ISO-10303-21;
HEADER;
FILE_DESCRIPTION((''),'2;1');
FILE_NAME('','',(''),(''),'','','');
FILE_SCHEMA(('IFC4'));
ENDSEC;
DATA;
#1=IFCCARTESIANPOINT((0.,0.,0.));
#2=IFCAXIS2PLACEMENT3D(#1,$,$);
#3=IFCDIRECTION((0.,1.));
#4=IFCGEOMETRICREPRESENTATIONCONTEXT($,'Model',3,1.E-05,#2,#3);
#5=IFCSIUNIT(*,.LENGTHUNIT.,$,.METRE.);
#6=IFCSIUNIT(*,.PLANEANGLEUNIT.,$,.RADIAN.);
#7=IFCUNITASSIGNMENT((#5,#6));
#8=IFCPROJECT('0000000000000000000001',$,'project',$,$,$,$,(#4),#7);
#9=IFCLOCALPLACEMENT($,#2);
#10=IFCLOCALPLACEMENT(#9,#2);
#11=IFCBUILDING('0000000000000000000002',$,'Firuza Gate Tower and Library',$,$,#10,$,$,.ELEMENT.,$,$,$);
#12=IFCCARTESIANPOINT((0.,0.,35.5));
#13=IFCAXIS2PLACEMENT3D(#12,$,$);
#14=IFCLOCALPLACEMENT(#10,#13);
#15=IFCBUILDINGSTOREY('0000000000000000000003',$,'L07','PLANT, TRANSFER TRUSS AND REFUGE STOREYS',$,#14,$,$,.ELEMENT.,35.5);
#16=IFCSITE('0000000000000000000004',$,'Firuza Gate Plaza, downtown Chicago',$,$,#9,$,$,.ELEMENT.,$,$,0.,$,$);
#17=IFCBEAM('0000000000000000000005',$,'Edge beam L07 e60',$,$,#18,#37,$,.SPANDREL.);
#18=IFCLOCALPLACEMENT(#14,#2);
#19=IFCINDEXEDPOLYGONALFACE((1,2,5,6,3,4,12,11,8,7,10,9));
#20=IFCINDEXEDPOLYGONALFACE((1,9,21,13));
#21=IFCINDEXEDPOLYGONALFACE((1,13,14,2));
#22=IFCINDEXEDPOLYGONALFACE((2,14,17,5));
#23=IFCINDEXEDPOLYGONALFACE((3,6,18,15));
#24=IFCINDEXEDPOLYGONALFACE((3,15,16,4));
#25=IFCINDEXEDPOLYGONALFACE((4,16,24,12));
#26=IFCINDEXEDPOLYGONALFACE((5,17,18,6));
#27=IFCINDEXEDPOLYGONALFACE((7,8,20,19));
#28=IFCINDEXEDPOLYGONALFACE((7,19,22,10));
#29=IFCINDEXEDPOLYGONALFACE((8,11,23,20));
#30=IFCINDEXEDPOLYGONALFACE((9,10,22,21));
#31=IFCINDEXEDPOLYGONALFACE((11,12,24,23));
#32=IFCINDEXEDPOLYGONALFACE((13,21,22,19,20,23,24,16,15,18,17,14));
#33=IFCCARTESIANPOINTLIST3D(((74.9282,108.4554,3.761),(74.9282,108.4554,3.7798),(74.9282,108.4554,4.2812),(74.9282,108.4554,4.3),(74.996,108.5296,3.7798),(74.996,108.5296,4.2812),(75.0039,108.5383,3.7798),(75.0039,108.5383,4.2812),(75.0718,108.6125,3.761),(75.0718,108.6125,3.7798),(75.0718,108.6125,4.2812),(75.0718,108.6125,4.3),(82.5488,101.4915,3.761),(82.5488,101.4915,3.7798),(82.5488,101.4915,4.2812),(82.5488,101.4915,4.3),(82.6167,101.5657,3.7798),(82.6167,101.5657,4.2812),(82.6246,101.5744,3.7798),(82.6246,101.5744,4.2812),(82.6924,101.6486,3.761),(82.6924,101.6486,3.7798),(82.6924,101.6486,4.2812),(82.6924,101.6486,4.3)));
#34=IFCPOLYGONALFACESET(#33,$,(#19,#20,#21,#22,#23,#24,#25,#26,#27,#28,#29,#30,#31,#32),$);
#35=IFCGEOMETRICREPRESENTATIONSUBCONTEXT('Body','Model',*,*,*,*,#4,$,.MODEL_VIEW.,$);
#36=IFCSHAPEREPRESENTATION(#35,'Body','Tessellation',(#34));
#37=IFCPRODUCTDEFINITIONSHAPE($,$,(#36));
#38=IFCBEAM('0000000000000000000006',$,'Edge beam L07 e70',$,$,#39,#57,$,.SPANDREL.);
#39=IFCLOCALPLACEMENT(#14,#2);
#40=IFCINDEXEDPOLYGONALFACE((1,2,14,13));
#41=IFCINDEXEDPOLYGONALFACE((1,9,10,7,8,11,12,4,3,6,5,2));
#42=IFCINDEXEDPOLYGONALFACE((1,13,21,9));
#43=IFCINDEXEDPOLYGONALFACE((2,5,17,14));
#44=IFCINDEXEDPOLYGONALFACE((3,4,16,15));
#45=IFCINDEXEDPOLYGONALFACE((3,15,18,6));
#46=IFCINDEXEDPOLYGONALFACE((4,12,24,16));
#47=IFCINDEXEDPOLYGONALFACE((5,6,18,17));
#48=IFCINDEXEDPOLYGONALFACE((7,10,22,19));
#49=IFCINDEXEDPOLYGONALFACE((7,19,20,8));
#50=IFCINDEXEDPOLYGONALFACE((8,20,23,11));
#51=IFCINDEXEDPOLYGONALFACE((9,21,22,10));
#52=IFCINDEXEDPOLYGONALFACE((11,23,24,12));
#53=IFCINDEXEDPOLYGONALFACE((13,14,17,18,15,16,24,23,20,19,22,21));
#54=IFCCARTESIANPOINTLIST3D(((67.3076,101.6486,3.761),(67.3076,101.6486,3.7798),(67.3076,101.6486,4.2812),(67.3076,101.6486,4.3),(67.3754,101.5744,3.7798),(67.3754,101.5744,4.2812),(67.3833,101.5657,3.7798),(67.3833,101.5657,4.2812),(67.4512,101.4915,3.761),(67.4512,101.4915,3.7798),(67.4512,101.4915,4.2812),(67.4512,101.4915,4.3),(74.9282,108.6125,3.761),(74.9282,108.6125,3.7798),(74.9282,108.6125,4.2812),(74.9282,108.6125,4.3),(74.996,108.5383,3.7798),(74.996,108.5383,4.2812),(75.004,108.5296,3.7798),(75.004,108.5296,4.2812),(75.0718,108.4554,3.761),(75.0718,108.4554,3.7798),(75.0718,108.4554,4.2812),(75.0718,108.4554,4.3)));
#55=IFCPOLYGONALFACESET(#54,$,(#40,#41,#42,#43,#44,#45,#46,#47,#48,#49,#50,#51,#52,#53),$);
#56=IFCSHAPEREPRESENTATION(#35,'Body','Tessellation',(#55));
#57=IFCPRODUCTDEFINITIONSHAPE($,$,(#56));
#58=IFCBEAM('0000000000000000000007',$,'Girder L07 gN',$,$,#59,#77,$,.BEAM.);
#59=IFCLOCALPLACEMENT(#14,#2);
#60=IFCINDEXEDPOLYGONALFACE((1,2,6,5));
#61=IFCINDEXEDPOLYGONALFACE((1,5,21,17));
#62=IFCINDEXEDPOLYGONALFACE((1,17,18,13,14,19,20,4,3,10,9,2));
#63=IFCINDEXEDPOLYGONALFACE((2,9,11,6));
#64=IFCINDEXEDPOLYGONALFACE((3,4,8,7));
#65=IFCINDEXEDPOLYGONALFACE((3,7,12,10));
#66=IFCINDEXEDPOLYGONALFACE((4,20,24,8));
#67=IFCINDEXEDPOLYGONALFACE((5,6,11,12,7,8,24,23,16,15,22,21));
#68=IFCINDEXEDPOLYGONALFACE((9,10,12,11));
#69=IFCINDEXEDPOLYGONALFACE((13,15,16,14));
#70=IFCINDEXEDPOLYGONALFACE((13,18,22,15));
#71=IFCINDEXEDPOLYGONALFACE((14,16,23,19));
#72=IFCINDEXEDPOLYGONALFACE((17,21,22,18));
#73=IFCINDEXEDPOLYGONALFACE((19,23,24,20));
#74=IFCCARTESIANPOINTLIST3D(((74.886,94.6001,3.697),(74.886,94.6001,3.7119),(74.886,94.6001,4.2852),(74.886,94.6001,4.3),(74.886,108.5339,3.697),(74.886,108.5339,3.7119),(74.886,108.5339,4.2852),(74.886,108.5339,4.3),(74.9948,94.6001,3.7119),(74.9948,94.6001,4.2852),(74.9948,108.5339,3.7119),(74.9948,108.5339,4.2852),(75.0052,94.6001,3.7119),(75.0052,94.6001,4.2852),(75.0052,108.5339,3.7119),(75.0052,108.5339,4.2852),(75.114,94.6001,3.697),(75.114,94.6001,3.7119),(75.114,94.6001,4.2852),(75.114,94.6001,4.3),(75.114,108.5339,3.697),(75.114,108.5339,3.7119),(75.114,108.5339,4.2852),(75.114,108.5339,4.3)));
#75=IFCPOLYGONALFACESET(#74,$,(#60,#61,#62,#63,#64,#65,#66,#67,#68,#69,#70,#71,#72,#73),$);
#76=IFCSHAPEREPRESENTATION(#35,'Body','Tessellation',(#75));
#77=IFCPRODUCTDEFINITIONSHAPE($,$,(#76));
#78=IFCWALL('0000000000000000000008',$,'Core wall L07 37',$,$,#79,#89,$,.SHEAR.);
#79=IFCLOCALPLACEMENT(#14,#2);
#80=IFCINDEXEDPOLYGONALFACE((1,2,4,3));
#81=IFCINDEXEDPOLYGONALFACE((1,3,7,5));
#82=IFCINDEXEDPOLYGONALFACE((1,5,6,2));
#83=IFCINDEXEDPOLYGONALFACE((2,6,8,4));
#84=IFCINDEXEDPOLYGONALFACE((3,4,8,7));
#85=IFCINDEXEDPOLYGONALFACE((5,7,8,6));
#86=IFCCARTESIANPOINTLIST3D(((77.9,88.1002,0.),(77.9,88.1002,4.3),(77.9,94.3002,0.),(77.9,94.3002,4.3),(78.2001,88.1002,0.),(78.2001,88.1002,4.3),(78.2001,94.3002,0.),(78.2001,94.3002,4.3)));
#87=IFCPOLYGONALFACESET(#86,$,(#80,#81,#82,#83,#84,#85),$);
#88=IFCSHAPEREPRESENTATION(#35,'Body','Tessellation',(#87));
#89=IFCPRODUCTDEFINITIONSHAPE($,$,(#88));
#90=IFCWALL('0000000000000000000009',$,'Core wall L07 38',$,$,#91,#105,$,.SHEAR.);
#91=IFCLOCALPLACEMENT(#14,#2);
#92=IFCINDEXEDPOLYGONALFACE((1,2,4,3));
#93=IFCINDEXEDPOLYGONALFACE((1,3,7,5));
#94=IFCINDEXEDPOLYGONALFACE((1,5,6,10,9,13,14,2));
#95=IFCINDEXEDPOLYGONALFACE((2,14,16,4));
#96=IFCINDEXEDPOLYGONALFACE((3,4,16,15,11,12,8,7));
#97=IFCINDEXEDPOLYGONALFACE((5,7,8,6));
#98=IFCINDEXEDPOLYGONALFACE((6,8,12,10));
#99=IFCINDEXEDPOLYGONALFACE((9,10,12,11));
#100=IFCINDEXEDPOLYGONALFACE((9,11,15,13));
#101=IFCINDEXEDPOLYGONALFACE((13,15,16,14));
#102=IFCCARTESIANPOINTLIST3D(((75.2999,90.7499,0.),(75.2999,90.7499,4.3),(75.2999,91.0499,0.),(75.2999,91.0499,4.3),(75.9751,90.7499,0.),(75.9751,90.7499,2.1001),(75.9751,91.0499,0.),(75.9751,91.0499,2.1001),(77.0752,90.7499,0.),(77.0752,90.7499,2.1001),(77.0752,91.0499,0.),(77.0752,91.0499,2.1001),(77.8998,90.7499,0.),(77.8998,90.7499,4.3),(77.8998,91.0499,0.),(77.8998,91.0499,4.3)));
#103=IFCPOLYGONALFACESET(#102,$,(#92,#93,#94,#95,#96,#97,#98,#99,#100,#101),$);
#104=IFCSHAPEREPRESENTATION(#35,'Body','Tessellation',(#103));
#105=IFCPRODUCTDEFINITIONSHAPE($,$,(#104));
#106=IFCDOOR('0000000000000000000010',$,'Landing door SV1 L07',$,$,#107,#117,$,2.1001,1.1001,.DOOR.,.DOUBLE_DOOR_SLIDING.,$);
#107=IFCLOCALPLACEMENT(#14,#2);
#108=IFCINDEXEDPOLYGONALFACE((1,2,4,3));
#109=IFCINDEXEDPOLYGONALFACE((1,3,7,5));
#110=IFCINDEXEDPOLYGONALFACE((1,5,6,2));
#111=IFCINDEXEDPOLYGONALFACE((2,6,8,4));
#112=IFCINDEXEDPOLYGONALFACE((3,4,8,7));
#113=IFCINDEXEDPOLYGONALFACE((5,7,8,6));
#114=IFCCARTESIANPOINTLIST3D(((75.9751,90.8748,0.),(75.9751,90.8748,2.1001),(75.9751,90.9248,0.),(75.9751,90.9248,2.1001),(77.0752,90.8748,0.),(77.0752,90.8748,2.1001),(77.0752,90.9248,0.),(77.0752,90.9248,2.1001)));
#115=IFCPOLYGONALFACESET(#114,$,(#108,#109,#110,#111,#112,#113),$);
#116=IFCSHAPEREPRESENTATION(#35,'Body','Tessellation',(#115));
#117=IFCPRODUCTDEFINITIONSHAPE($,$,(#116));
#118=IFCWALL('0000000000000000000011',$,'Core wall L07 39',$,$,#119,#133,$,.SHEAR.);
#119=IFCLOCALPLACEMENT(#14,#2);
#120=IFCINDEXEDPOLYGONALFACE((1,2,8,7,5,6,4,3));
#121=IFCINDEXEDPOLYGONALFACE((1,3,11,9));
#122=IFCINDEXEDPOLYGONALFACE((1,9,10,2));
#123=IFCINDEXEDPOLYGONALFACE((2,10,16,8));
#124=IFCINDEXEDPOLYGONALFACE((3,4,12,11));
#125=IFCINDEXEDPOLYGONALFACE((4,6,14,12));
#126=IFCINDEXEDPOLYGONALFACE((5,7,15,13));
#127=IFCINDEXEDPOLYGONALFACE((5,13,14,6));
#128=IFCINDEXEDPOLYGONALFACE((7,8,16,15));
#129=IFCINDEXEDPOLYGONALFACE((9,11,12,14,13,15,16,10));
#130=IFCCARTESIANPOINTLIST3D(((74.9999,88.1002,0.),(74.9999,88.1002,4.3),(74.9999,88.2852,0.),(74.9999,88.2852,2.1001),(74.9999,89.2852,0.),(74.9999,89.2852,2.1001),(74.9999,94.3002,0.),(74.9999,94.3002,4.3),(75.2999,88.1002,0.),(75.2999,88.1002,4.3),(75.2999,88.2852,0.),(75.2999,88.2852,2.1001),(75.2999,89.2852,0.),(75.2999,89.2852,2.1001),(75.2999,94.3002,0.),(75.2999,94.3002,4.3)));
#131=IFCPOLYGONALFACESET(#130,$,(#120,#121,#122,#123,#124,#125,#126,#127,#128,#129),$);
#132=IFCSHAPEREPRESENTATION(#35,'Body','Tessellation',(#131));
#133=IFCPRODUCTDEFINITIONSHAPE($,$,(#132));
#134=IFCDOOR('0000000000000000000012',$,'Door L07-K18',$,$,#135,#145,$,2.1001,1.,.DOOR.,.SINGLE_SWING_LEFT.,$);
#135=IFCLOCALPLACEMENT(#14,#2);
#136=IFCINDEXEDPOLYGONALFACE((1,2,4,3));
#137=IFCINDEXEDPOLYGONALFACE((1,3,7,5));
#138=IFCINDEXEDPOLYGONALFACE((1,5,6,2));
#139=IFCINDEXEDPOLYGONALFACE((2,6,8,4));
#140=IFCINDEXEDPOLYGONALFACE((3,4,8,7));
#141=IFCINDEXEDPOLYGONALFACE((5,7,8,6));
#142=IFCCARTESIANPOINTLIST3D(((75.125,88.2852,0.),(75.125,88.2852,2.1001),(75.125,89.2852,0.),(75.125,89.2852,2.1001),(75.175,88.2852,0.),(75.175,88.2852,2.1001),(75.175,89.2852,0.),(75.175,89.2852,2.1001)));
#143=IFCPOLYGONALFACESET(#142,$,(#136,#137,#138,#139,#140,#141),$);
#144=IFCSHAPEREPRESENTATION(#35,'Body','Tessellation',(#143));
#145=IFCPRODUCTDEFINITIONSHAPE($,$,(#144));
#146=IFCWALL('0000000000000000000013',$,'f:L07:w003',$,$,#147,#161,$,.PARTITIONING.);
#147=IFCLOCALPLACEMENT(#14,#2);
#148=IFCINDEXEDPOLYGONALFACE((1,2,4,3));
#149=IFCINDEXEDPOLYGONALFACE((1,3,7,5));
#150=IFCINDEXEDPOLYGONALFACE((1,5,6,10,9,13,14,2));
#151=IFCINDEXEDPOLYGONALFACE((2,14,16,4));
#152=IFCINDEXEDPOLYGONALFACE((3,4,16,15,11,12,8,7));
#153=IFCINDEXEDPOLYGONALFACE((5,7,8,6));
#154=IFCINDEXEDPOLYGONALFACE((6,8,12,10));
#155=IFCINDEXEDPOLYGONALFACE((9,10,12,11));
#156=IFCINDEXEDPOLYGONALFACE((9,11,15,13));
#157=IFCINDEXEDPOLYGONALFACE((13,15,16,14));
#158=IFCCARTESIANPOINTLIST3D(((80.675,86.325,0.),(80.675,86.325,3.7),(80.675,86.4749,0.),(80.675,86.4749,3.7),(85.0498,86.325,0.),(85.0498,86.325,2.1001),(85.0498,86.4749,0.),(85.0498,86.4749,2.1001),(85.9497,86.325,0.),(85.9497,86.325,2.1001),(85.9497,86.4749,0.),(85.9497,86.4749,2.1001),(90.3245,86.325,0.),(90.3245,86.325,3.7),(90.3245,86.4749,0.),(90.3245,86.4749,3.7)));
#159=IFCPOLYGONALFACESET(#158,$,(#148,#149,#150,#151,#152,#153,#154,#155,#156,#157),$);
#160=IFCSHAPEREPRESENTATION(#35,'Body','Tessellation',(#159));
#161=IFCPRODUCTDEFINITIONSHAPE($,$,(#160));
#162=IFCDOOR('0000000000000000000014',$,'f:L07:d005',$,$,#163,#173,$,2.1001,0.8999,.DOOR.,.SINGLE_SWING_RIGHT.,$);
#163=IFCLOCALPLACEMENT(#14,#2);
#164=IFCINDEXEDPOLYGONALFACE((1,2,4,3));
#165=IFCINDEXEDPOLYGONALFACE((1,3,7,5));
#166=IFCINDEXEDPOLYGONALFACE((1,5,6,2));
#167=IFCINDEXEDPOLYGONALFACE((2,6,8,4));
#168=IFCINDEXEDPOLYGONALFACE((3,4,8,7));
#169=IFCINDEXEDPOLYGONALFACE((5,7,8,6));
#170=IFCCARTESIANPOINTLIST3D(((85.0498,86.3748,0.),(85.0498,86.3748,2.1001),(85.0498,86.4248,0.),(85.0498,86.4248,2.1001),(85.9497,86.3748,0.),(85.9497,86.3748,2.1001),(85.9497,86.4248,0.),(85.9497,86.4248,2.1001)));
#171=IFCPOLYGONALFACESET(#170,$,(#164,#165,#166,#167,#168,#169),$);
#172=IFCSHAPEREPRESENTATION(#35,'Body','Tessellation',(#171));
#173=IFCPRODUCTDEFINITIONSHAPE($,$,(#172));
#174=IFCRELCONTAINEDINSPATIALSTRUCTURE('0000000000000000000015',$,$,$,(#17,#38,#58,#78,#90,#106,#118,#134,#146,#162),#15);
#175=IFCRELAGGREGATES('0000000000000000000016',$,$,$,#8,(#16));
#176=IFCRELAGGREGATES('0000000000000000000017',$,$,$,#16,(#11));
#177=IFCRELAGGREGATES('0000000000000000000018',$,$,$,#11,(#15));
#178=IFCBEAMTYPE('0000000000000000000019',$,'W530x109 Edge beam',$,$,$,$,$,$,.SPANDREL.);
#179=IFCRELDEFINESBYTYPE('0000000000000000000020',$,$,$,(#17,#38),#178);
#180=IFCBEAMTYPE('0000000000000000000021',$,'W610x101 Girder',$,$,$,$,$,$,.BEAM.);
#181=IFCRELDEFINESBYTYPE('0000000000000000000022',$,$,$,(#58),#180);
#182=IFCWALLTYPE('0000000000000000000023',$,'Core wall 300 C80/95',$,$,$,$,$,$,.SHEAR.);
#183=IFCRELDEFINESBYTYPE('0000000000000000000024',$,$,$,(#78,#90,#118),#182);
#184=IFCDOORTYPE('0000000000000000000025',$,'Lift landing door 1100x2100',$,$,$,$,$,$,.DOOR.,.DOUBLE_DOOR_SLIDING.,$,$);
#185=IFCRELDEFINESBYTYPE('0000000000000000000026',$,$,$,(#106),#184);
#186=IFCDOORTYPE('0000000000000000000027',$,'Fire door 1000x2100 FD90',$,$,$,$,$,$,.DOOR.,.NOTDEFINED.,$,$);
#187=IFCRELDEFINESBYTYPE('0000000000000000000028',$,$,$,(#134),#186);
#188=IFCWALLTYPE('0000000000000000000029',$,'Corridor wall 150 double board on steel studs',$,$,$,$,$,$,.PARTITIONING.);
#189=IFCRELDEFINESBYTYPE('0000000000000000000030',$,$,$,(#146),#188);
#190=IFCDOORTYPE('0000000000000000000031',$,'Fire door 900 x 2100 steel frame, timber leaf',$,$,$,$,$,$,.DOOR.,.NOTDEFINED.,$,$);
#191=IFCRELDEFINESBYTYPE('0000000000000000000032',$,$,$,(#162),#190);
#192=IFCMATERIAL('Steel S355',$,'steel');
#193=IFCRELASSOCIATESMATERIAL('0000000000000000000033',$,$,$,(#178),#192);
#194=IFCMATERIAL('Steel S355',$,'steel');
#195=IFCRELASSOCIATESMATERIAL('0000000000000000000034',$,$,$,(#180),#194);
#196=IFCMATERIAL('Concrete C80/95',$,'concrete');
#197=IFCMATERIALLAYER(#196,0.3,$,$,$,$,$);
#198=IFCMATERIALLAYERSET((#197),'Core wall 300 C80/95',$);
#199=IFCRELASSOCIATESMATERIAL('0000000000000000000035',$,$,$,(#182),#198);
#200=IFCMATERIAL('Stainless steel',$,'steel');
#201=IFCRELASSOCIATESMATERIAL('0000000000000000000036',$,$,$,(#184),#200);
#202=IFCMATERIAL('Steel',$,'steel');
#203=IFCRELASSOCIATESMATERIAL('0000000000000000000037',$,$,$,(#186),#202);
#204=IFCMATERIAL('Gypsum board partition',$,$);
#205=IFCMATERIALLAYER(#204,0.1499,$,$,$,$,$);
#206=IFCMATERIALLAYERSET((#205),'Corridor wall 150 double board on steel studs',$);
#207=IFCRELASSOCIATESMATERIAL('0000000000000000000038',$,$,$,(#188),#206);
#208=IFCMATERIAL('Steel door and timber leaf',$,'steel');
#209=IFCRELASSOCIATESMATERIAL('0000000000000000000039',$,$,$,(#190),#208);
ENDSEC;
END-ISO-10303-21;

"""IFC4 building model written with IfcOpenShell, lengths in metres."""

from ifc_helpers import new_model, si_unit, direction, frame, frame_2d, origin, origin_2d, place, context, subcontext, project, spatial, rectangle, i_section, extrude, material, layer, layer_set, material_profile, profile_set, type_object, element, fill, save


model = new_model("IFC4")

# Units and contexts
model_context = context("Model", 3, precision=1e-05, world=origin(), true_north=direction((0.0, 1.0)))
body_context = subcontext(model_context, "Body", "Model", "MODEL_VIEW")
ifc_project = project(units=[si_unit("LENGTHUNIT", "METRE"), si_unit("PLANEANGLEUNIT", "RADIAN")], contexts=[model_context])

# Site, building, storey
site_placement = place(None, origin())
site = spatial("IfcSite", under=ifc_project, at=site_placement, Name="Firuza Gate Plaza, downtown Chicago", CompositionType="ELEMENT", RefElevation=0.0)
building_placement = place(site_placement, origin())
building = spatial("IfcBuilding", under=site, at=building_placement, Name="Firuza Gate Tower and Library", CompositionType="ELEMENT")
storey_placement = place(building_placement, frame((0.0, 0.0, 35.5)))
storey = spatial("IfcBuildingStorey", under=building, at=storey_placement, Name="L07", Description="PLANT, TRANSFER TRUSS AND REFUGE STOREYS", CompositionType="ELEMENT", Elevation=35.5)

# Beams
ifc_material_1 = material(Name="Steel S355", Category="steel")
ifc_material_profile_1 = material_profile(ifc_material_1, i_section(OverallWidth=0.2129, OverallDepth=0.5391, WebThickness=0.0117, FlangeThickness=0.0188, at=origin_2d()))
ifc_profile_set_1 = profile_set([ifc_material_profile_1], Name="Steel S355")
beam_type_1 = type_object("IfcBeamType", Name="W530x109 Edge beam", PredefinedType="SPANDREL", material=ifc_profile_set_1)
for number, where, z_axis, x_axis, name in (
    (1, (82.6206, 101.5701, 4.0305), (-0.7382, 0.674582, 0.0), (-0.674582, -0.7382, 0.0), "Edge beam L07 e60"),
    (2, (75.0, 108.5339, 4.0305), (-0.7382, -0.674582, 0.0), (0.674582, -0.7382, 0.0), "Edge beam L07 e70"),
):
    element("IfcBeam", number, at=place(storey_placement, frame(where, z_axis=z_axis, x_axis=x_axis)), inside=storey, type_object=beam_type_1, Name=name, PredefinedType="SPANDREL", context=body_context, shape_type="SweptSolid", body=[
        extrude(i_section(OverallWidth=0.2129, OverallDepth=0.5391, WebThickness=0.0117, FlangeThickness=0.0188, at=origin_2d()), origin(), (0.0, 0.0, 1.0), 10.3232),
    ])
ifc_material_2 = material(Name="Steel S355", Category="steel")
ifc_material_profile_2 = material_profile(ifc_material_2, i_section(OverallWidth=0.228, OverallDepth=0.603, WebThickness=0.0105, FlangeThickness=0.0149, at=origin_2d()))
ifc_profile_set_2 = profile_set([ifc_material_profile_2], Name="Steel S355")
beam_type_2 = type_object("IfcBeamType", Name="W610x101 Girder", PredefinedType="BEAM", material=ifc_profile_set_2)
beam_1_placement = place(storey_placement, frame((75.0, 108.5339, 3.9985), z_axis=(0.0, -1.0, 0.0), x_axis=(1.0, 0.0, 0.0)))
element("IfcBeam", 3, at=beam_1_placement, inside=storey, type_object=beam_type_2, Name="Girder L07 gN", PredefinedType="BEAM", context=body_context, shape_type="SweptSolid", body=[
    extrude(i_section(OverallWidth=0.228, OverallDepth=0.603, WebThickness=0.0105, FlangeThickness=0.0149, at=origin_2d()), origin(), (0.0, 0.0, 1.0), 13.9338),
])

# Wall
ifc_material_3 = material(Name="Concrete C80/95", Category="concrete")
ifc_layer_1 = layer(ifc_material_3, 0.3)
ifc_layer_set_1 = layer_set([ifc_layer_1], Name="Core wall 300 C80/95")
wall_type_1 = type_object("IfcWallType", Name="Core wall 300 C80/95", PredefinedType="SHEAR", material=ifc_layer_set_1)
wall_1_placement = place(storey_placement, frame((78.05, 88.1001, 0.0), z_axis=(0.0, 0.0, 1.0), x_axis=(0.0, 1.0, 0.0)))
element("IfcWall", 4, at=wall_1_placement, inside=storey, type_object=wall_type_1, Name="Core wall L07 37", PredefinedType="SHEAR", context=body_context, shape_type="SweptSolid", body=[
    extrude(rectangle(XDim=6.2, YDim=0.3, at=frame_2d((3.1001, 0.0))), origin(), (0.0, 0.0, 1.0), 4.3),
])

# Walls, openings, doors
wall_2_placement = place(storey_placement, frame((75.3, 90.8999, 0.0), z_axis=(0.0, 0.0, 1.0), x_axis=(1.0, 0.0, 0.0)))
wall_2 = element("IfcWall", 5, at=wall_2_placement, inside=storey, type_object=wall_type_1, Name="Core wall L07 38", PredefinedType="SHEAR", context=body_context, shape_type="SweptSolid", body=[
    extrude(rectangle(XDim=2.5999, YDim=0.3, at=frame_2d((1.2998, 0.0))), origin(), (0.0, 0.0, 1.0), 4.3),
])
opening_1_placement = place(wall_2_placement, frame((0.675, 0.0, 0.0)))
opening_1 = element("IfcOpeningElement", 6, at=opening_1_placement, cuts=wall_2, PredefinedType="OPENING", context=body_context, shape_type="SweptSolid", body=[
    extrude(rectangle(XDim=1.1001, YDim=2.1001, at=frame_2d((0.55, 1.05))), frame((0.0, 0.1602, 0.0), z_axis=(0.0, -1.0, 0.0), x_axis=(1.0, 0.0, 0.0)), (0.0, 0.0, 1.0), 0.3201),
])
ifc_material_4 = material(Name="Stainless steel", Category="steel")
door_type_1 = type_object("IfcDoorType", Name="Lift landing door 1100x2100", OperationType="DOUBLE_DOOR_SLIDING", PredefinedType="DOOR", material=ifc_material_4)
door_1_placement = place(opening_1_placement, origin())
door_1 = element("IfcDoor", 7, at=door_1_placement, inside=storey, type_object=door_type_1, Name="Landing door SV1 L07", OperationType="DOUBLE_DOOR_SLIDING", OverallHeight=2.1001, OverallWidth=1.1001, PredefinedType="DOOR", context=body_context, shape_type="SweptSolid", body=[
    extrude(rectangle(XDim=1.1001, YDim=2.1001, at=frame_2d((0.55, 1.05))), frame((0.0, 0.0249, 0.0), z_axis=(0.0, -1.0, 0.0), x_axis=(1.0, 0.0, 0.0)), (0.0, 0.0, 1.0), 0.05),
])
fill(opening_1, door_1)
wall_3_placement = place(storey_placement, frame((75.1499, 88.1001, 0.0), z_axis=(0.0, 0.0, 1.0), x_axis=(0.0, 1.0, 0.0)))
wall_3 = element("IfcWall", 8, at=wall_3_placement, inside=storey, type_object=wall_type_1, Name="Core wall L07 39", PredefinedType="SHEAR", context=body_context, shape_type="SweptSolid", body=[
    extrude(rectangle(XDim=6.2, YDim=0.3, at=frame_2d((3.1001, 0.0))), origin(), (0.0, 0.0, 1.0), 4.3),
])
opening_2_placement = place(wall_3_placement, frame((0.1851, 0.0, 0.0)))
opening_2 = element("IfcOpeningElement", 9, at=opening_2_placement, cuts=wall_3, PredefinedType="OPENING", context=body_context, shape_type="SweptSolid", body=[
    extrude(rectangle(XDim=1.0, YDim=2.1001, at=frame_2d((0.5, 1.05))), frame((0.0, 0.1602, 0.0), z_axis=(0.0, -1.0, 0.0), x_axis=(1.0, 0.0, 0.0)), (0.0, 0.0, 1.0), 0.3201),
])
ifc_material_5 = material(Name="Steel", Category="steel")
door_type_2 = type_object("IfcDoorType", Name="Fire door 1000x2100 FD90", OperationType="NOTDEFINED", PredefinedType="DOOR", material=ifc_material_5)
door_2_placement = place(opening_2_placement, origin())
door_2 = element("IfcDoor", 10, at=door_2_placement, inside=storey, type_object=door_type_2, Name="Door L07-K18", OperationType="SINGLE_SWING_LEFT", OverallHeight=2.1001, OverallWidth=1.0, PredefinedType="DOOR", context=body_context, shape_type="SweptSolid", body=[
    extrude(rectangle(XDim=1.0, YDim=2.1001, at=frame_2d((0.5, 1.05))), frame((0.0, 0.0249, 0.0), z_axis=(0.0, -1.0, 0.0), x_axis=(1.0, 0.0, 0.0)), (0.0, 0.0, 1.0), 0.05),
])
fill(opening_2, door_2)
ifc_material_6 = material(Name="Gypsum board partition")
ifc_layer_2 = layer(ifc_material_6, 0.1499)
ifc_layer_set_2 = layer_set([ifc_layer_2], Name="Corridor wall 150 double board on steel studs")
wall_type_2 = type_object("IfcWallType", Name="Corridor wall 150 double board on steel studs", PredefinedType="PARTITIONING", material=ifc_layer_set_2)
wall_4_placement = place(storey_placement, frame((80.675, 86.3999, 0.0), z_axis=(0.0, 0.0, 1.0), x_axis=(1.0, 0.0, 0.0)))
wall_4 = element("IfcWall", 11, at=wall_4_placement, inside=storey, type_object=wall_type_2, Name="f:L07:w003", PredefinedType="PARTITIONING", context=body_context, shape_type="SweptSolid", body=[
    extrude(rectangle(XDim=9.6494, YDim=0.1499, at=frame_2d((4.8247, 0.0))), origin(), (0.0, 0.0, 1.0), 3.7),
])
opening_3_placement = place(wall_4_placement, frame((4.3748, 0.0, 0.0)))
opening_3 = element("IfcOpeningElement", 12, at=opening_3_placement, cuts=wall_4, PredefinedType="OPENING", context=body_context, shape_type="SweptSolid", body=[
    extrude(rectangle(XDim=0.8999, YDim=2.1001, at=frame_2d((0.45, 1.05))), frame((0.0, 0.085, 0.0), z_axis=(0.0, -1.0, 0.0), x_axis=(1.0, 0.0, 0.0)), (0.0, 0.0, 1.0), 0.1699),
])
ifc_material_7 = material(Name="Steel door and timber leaf", Category="steel")
door_type_3 = type_object("IfcDoorType", Name="Fire door 900 x 2100 steel frame, timber leaf", OperationType="NOTDEFINED", PredefinedType="DOOR", material=ifc_material_7)
door_3_placement = place(opening_3_placement, origin())
door_3 = element("IfcDoor", 13, at=door_3_placement, inside=storey, type_object=door_type_3, Name="f:L07:d005", OperationType="SINGLE_SWING_RIGHT", OverallHeight=2.1001, OverallWidth=0.8999, PredefinedType="DOOR", context=body_context, shape_type="SweptSolid", body=[
    extrude(rectangle(XDim=0.8999, YDim=2.1001, at=frame_2d((0.45, 1.05))), frame((0.0, 0.0249, 0.0), z_axis=(0.0, -1.0, 0.0), x_axis=(1.0, 0.0, 0.0)), (0.0, 0.0, 1.0), 0.05),
])
fill(opening_3, door_3)

save(model, "model.ifc")
